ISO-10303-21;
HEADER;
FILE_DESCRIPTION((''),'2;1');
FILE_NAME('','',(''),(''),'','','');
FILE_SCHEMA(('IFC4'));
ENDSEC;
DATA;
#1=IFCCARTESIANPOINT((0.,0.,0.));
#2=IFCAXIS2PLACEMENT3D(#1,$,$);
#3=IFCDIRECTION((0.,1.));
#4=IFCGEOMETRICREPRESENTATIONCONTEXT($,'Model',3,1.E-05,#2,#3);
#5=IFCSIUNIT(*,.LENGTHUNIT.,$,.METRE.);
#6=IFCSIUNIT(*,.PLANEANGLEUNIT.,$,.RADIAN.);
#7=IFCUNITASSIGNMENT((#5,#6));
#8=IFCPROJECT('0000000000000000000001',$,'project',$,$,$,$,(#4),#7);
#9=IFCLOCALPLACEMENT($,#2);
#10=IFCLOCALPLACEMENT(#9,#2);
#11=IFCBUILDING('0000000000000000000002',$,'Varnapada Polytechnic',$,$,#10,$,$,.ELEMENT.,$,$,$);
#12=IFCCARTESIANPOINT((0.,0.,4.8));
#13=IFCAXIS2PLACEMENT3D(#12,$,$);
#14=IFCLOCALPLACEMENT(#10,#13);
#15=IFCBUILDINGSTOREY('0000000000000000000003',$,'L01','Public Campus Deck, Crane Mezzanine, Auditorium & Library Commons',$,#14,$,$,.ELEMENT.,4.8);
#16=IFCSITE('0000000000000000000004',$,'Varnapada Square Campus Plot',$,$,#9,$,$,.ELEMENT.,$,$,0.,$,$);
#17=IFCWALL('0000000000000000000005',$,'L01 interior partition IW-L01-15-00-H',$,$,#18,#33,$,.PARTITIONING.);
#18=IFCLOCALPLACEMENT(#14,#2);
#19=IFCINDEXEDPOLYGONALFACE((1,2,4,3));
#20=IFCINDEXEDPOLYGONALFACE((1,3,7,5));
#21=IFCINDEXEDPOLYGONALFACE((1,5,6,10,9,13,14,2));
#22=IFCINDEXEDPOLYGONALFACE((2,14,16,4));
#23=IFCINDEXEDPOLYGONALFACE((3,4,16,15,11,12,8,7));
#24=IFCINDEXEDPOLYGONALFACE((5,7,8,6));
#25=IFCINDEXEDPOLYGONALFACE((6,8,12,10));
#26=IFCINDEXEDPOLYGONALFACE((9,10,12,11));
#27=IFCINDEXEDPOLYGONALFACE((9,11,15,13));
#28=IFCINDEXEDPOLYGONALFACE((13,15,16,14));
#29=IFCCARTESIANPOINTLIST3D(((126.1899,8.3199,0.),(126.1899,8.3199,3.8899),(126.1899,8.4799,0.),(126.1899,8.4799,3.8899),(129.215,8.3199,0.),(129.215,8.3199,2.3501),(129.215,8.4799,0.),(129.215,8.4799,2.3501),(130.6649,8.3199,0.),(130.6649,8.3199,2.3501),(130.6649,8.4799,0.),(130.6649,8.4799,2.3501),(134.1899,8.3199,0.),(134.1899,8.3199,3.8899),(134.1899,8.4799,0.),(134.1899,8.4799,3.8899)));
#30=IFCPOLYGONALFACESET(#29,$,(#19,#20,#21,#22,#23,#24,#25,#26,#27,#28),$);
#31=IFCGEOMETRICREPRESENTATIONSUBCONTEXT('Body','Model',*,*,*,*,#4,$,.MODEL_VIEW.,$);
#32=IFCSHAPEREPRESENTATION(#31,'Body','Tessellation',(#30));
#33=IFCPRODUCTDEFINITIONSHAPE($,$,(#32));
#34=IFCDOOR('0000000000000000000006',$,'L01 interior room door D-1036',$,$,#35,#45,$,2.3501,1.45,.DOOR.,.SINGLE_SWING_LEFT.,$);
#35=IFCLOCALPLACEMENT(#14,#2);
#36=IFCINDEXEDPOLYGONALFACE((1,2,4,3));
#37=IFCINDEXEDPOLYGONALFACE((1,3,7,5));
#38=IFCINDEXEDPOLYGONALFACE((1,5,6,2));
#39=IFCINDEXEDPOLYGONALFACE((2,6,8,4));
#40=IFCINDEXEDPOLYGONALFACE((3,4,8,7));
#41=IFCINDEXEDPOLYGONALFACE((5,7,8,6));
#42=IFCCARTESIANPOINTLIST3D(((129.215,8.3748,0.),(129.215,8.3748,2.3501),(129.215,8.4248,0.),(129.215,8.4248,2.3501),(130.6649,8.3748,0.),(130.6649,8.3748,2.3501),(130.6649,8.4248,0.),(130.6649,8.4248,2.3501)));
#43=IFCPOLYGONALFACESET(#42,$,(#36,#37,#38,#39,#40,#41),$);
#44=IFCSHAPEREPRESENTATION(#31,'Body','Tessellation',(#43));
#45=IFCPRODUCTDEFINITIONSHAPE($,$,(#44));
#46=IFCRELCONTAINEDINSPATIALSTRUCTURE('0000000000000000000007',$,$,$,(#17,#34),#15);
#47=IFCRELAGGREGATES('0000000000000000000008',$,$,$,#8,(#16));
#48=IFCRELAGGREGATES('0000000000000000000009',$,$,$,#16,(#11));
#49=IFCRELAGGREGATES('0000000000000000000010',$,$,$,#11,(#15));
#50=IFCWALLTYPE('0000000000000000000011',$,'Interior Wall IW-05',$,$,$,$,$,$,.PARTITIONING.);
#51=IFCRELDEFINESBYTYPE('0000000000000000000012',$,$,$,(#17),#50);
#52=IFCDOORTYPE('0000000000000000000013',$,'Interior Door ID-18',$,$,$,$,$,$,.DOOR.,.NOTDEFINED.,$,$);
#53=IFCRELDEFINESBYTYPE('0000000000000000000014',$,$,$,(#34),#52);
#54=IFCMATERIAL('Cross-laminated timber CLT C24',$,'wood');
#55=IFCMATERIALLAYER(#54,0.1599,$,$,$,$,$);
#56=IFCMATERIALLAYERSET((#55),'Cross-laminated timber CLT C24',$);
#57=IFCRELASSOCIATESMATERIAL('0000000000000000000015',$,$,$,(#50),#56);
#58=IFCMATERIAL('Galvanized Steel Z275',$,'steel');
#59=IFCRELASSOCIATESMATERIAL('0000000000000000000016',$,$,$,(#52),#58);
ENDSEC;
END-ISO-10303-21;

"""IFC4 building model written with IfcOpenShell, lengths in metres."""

from ifc_helpers import new_model, si_unit, direction, frame, frame_2d, origin, place, context, subcontext, project, spatial, rectangle, extrude, material, layer, layer_set, type_object, element, fill, save


model = new_model("IFC4")

# Units and contexts
model_context = context("Model", 3, precision=1e-05, world=origin(), true_north=direction((0.0, 1.0)))
body_context = subcontext(model_context, "Body", "Model", "MODEL_VIEW")
ifc_project = project(units=[si_unit("LENGTHUNIT", "METRE"), si_unit("PLANEANGLEUNIT", "RADIAN")], contexts=[model_context])

# Site, building, storey
site_placement = place(None, origin())
site = spatial("IfcSite", under=ifc_project, at=site_placement, Name="Varnapada Square Campus Plot", CompositionType="ELEMENT", RefElevation=0.0)
building_placement = place(site_placement, origin())
building = spatial("IfcBuilding", under=site, at=building_placement, Name="Varnapada Polytechnic", CompositionType="ELEMENT")
storey_placement = place(building_placement, frame((0.0, 0.0, 4.8)))
storey = spatial("IfcBuildingStorey", under=building, at=storey_placement, Name="L01", Description="Public Campus Deck, Crane Mezzanine, Auditorium & Library Commons", CompositionType="ELEMENT", Elevation=4.8)

# Wall, opening, door
ifc_material_1 = material(Name="Cross-laminated timber CLT C24", Category="wood")
ifc_layer_1 = layer(ifc_material_1, 0.1599)
ifc_layer_set_1 = layer_set([ifc_layer_1], Name="Cross-laminated timber CLT C24")
wall_type = type_object("IfcWallType", Name="Interior Wall IW-05", PredefinedType="PARTITIONING", material=ifc_layer_set_1)
wall_placement = place(storey_placement, frame((126.1899, 8.3999, 0.0), z_axis=(0.0, 0.0, 1.0), x_axis=(1.0, 0.0, 0.0)))
wall = element("IfcWall", 1, at=wall_placement, inside=storey, type_object=wall_type, Name="L01 interior partition IW-L01-15-00-H", PredefinedType="PARTITIONING", context=body_context, shape_type="SweptSolid", body=[
    extrude(rectangle(XDim=8.0, YDim=0.1599, at=frame_2d((4.0, 0.0))), origin(), (0.0, 0.0, 1.0), 3.8899),
])
opening_1_placement = place(wall_placement, frame((3.0249, 0.0, 0.0)))
opening_1 = element("IfcOpeningElement", 2, at=opening_1_placement, cuts=wall, PredefinedType="OPENING", context=body_context, shape_type="SweptSolid", body=[
    extrude(rectangle(XDim=1.45, YDim=2.3501, at=frame_2d((0.7251, 1.175))), frame((0.0, 0.0898, 0.0), z_axis=(0.0, -1.0, 0.0), x_axis=(1.0, 0.0, 0.0)), (0.0, 0.0, 1.0), 0.1799),
])
ifc_material_2 = material(Name="Galvanized Steel Z275", Category="steel")
door_type = type_object("IfcDoorType", Name="Interior Door ID-18", OperationType="NOTDEFINED", PredefinedType="DOOR", material=ifc_material_2)
door_placement = place(opening_1_placement, origin())
door = element("IfcDoor", 3, at=door_placement, inside=storey, type_object=door_type, Name="L01 interior room door D-1036", OperationType="SINGLE_SWING_LEFT", OverallHeight=2.3501, OverallWidth=1.45, PredefinedType="DOOR", context=body_context, shape_type="SweptSolid", body=[
    extrude(rectangle(XDim=1.45, YDim=2.3501, at=frame_2d((0.7251, 1.175))), frame((0.0, 0.0249, 0.0), z_axis=(0.0, -1.0, 0.0), x_axis=(1.0, 0.0, 0.0)), (0.0, 0.0, 1.0), 0.05),
])
fill(opening_1, door)

save(model, "model.ifc")
